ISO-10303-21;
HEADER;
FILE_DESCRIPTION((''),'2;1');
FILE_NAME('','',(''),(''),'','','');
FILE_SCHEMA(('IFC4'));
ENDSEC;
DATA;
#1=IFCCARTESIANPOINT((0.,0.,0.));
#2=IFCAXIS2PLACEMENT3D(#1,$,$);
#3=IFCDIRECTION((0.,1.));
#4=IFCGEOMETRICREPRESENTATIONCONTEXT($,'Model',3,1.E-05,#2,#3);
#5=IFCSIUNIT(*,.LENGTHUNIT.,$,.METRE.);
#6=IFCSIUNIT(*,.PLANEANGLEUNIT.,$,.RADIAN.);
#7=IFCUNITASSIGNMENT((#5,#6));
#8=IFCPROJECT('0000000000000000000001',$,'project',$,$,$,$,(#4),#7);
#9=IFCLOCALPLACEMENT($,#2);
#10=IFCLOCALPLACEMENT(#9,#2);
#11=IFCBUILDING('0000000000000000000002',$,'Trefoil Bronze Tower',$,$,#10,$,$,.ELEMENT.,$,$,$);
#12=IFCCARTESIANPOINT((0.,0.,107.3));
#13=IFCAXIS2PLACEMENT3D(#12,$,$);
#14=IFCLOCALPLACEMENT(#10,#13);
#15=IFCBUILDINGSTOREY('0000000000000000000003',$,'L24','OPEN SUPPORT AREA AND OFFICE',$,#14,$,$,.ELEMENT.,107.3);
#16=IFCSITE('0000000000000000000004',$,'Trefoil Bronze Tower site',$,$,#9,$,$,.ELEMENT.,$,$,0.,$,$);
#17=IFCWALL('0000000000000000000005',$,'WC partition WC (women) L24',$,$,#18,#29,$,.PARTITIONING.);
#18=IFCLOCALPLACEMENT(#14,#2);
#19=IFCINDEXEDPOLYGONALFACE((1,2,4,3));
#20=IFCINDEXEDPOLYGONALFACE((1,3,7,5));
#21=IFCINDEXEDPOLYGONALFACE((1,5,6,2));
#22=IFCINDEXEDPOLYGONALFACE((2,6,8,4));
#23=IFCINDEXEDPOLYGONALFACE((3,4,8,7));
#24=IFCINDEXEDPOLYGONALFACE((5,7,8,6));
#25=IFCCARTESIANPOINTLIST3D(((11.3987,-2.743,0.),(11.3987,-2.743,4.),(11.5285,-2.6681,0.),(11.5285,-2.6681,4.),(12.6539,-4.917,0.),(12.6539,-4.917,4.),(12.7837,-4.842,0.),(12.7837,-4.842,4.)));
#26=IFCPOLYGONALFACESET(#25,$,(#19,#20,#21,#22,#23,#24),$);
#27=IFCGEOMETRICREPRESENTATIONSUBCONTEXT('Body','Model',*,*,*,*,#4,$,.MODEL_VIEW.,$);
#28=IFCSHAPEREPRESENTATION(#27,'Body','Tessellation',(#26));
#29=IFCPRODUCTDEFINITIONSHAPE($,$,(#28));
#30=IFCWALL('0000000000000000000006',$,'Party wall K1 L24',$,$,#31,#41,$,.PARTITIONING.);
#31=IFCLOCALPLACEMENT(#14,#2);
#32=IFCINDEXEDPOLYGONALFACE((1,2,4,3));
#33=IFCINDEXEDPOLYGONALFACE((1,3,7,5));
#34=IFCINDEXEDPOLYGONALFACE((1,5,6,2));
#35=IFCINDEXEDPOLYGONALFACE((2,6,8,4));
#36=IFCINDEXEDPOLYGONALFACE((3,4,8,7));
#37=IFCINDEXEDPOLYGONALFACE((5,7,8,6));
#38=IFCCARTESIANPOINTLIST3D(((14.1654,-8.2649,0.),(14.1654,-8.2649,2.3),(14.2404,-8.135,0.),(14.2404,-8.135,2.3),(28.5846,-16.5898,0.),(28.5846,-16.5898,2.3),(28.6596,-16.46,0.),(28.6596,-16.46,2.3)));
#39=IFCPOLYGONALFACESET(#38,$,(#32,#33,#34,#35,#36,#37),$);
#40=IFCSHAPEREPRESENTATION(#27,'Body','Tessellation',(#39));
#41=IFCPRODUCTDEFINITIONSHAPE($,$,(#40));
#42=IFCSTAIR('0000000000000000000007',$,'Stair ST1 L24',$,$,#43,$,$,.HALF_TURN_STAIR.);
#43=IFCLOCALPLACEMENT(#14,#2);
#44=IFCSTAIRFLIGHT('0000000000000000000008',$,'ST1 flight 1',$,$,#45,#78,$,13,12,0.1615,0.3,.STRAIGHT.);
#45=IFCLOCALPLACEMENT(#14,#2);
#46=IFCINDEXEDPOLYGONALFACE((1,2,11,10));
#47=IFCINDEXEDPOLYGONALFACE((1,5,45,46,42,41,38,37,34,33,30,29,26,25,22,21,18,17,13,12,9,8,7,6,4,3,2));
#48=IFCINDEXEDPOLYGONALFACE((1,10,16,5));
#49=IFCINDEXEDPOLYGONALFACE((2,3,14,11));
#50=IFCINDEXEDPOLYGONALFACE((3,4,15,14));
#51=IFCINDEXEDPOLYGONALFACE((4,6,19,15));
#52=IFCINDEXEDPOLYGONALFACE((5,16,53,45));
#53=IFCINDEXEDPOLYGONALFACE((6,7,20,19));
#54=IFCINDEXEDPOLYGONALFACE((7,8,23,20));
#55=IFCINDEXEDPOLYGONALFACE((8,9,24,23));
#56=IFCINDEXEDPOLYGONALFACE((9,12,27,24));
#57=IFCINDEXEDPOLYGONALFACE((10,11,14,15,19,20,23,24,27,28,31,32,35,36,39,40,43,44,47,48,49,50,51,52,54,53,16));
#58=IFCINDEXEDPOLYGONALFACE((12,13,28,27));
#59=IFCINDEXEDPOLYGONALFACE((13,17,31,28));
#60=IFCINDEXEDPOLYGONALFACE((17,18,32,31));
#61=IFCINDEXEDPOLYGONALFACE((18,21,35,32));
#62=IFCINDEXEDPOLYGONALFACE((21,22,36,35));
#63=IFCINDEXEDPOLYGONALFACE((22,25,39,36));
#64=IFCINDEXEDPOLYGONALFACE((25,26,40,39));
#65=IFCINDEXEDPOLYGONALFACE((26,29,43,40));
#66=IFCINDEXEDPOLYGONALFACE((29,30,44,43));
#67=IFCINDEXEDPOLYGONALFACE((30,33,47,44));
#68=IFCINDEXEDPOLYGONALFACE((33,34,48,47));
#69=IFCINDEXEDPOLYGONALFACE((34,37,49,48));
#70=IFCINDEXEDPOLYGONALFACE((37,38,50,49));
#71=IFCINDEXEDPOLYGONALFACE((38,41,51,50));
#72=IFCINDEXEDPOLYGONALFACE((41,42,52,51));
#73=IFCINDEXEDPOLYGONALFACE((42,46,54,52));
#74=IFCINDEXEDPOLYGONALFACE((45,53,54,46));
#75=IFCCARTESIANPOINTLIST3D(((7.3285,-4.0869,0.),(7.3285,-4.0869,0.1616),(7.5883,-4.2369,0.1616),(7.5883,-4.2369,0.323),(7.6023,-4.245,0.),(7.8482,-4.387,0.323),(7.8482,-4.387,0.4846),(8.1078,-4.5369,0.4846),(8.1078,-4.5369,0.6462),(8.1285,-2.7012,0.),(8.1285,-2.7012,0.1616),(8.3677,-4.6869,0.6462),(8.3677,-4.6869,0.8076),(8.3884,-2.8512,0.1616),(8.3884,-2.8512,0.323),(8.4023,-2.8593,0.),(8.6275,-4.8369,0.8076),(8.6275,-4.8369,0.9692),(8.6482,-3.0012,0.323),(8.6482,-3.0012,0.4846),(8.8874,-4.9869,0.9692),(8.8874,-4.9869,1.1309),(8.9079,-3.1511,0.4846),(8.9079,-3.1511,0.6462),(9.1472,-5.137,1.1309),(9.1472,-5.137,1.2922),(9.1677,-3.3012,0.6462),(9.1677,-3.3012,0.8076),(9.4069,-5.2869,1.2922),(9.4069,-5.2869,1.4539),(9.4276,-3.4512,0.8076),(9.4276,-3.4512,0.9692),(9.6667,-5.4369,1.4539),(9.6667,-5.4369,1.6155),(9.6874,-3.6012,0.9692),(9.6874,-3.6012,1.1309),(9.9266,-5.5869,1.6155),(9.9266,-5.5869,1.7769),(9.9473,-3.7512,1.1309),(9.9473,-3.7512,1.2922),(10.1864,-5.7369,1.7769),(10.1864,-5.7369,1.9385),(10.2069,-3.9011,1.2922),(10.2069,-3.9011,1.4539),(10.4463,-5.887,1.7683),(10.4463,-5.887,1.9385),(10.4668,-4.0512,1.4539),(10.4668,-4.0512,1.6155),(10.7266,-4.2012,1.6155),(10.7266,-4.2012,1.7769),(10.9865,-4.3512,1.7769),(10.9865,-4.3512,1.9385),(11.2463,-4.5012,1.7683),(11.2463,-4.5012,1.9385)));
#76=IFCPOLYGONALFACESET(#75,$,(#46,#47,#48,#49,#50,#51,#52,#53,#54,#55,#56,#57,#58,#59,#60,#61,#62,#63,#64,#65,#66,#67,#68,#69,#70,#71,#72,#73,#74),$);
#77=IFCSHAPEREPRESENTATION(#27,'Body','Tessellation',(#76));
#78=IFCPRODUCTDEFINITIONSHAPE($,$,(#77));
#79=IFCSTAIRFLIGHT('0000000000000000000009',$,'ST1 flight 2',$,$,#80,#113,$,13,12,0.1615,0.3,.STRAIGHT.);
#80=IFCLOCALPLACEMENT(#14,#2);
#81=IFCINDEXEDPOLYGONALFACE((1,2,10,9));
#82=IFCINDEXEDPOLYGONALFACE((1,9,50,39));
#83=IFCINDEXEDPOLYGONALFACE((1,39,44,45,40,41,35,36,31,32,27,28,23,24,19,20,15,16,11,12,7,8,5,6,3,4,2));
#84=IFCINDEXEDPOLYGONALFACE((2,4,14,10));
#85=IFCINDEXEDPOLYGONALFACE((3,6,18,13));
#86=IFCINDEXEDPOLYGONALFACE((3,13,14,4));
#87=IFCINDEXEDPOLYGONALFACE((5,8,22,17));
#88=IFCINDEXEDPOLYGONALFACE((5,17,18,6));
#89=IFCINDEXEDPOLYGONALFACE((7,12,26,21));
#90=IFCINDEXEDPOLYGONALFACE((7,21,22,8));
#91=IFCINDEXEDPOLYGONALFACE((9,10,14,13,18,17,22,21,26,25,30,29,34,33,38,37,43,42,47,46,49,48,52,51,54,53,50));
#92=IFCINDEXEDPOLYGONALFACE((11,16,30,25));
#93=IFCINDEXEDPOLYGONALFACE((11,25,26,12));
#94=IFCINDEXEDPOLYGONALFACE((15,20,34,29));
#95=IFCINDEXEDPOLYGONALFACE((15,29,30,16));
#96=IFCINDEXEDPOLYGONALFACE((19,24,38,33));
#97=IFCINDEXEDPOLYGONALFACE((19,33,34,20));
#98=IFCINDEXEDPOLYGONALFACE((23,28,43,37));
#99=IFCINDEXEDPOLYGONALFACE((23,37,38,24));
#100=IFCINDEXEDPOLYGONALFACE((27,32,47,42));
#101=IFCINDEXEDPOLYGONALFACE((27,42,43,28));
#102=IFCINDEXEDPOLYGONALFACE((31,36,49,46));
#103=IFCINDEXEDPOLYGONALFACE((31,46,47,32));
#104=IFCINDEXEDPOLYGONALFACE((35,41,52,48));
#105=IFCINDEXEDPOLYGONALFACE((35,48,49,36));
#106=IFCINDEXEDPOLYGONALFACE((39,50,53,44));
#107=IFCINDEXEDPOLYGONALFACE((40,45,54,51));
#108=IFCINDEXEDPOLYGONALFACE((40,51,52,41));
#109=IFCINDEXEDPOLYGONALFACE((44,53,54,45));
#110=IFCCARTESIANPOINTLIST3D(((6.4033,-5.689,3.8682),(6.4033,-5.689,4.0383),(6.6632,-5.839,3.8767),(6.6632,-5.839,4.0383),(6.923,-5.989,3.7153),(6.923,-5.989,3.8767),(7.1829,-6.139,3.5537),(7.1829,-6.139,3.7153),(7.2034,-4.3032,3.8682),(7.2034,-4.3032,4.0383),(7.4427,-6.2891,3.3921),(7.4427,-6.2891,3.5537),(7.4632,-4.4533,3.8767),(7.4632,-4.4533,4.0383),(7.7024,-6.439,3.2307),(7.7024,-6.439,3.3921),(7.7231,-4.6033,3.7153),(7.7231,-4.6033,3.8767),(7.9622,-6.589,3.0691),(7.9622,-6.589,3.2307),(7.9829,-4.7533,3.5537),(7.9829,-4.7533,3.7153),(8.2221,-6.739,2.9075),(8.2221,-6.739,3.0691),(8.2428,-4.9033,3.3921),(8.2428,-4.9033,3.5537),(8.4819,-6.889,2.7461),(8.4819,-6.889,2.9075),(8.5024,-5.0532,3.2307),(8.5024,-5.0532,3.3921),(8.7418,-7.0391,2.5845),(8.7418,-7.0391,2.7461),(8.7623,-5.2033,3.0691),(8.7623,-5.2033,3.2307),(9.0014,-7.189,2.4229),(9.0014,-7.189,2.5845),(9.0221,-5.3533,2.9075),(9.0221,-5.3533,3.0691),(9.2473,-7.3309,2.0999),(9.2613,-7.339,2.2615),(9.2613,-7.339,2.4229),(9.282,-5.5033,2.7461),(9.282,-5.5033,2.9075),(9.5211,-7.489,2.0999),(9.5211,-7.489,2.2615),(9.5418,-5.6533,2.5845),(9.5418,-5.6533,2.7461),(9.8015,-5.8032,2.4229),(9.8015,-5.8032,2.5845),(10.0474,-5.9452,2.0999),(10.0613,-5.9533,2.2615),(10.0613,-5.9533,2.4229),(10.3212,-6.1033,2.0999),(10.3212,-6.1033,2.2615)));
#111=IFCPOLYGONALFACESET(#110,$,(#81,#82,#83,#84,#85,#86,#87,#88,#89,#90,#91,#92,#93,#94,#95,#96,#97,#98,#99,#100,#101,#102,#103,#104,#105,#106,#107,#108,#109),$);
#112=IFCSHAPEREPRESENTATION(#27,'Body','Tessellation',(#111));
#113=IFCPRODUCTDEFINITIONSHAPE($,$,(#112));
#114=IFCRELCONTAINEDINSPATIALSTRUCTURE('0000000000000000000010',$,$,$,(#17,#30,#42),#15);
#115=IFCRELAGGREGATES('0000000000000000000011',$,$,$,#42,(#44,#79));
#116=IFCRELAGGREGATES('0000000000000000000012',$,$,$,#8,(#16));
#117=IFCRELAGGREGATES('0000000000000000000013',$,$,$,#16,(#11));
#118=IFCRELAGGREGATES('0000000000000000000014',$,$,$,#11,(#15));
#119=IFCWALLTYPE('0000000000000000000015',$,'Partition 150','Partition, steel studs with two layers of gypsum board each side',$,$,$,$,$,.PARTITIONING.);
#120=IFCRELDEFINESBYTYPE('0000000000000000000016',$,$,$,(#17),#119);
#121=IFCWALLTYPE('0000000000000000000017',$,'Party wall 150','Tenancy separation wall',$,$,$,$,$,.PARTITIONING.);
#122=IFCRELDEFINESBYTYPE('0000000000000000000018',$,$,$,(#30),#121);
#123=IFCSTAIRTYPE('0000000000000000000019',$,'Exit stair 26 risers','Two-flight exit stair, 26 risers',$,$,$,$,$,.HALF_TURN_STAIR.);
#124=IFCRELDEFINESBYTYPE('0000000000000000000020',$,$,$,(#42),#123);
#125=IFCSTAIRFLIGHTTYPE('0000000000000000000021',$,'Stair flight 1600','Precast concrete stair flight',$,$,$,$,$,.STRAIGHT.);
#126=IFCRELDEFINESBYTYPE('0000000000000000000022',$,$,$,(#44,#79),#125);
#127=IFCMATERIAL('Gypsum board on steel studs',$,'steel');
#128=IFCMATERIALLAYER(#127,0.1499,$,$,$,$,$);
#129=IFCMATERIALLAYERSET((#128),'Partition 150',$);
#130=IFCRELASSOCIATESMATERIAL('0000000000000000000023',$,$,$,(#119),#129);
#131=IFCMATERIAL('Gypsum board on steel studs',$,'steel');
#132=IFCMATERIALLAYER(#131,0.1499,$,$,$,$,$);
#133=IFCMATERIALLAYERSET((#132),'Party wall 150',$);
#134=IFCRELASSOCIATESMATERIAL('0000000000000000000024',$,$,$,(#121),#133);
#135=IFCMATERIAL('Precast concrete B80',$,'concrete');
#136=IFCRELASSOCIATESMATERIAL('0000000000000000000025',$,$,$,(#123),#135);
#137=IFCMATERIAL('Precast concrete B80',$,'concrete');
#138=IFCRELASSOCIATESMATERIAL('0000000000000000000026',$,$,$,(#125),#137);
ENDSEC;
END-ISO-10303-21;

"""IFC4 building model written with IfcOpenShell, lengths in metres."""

from ifc_helpers import new_model, si_unit, direction, frame, frame_2d, origin, place, context, subcontext, project, spatial, polyline, rectangle, outline, extrude, material, layer, layer_set, type_object, element, aggregate, save


model = new_model("IFC4")

# Units and contexts
model_context = context("Model", 3, precision=1e-05, world=origin(), true_north=direction((0.0, 1.0)))
body_context = subcontext(model_context, "Body", "Model", "MODEL_VIEW")
ifc_project = project(units=[si_unit("LENGTHUNIT", "METRE"), si_unit("PLANEANGLEUNIT", "RADIAN")], contexts=[model_context])

# Site, building, storey
site_placement = place(None, origin())
site = spatial("IfcSite", under=ifc_project, at=site_placement, Name="Trefoil Bronze Tower site", CompositionType="ELEMENT", RefElevation=0.0)
building_placement = place(site_placement, origin())
building = spatial("IfcBuilding", under=site, at=building_placement, Name="Trefoil Bronze Tower", CompositionType="ELEMENT")
storey_placement = place(building_placement, frame((0.0, 0.0, 107.3)))
storey = spatial("IfcBuildingStorey", under=building, at=storey_placement, Name="L24", Description="OPEN SUPPORT AREA AND OFFICE", CompositionType="ELEMENT", Elevation=107.3)

# Shared definitions
ifc_material_1 = material(Name="Gypsum board on steel studs", Category="steel")
ifc_layer_1 = layer(ifc_material_1, 0.1499)
ifc_layer_set_1 = layer_set([ifc_layer_1], Name="Partition 150")
wall_type_1 = type_object("IfcWallType", Name="Partition 150", Description="Partition, steel studs with two layers of gypsum board each side", PredefinedType="PARTITIONING", material=ifc_layer_set_1)

# Walls
wall_1_placement = place(storey_placement, frame((11.4636, -2.7056, 0.0), z_axis=(0.0, 0.0, 1.0), x_axis=(0.50002, -0.866014, 0.0)))
element("IfcWall", 1, at=wall_1_placement, inside=storey, type_object=wall_type_1, Name="WC partition WC (women) L24", PredefinedType="PARTITIONING", context=body_context, shape_type="SweptSolid", body=[
    extrude(rectangle(XDim=2.5103, YDim=0.1499, at=frame_2d((1.2551, 0.0))), origin(), (0.0, 0.0, 1.0), 4.0),
])
ifc_material_2 = material(Name="Gypsum board on steel studs", Category="steel")
ifc_layer_2 = layer(ifc_material_2, 0.1499)
ifc_layer_set_2 = layer_set([ifc_layer_2], Name="Party wall 150")
wall_type_2 = type_object("IfcWallType", Name="Party wall 150", Description="Tenancy separation wall", PredefinedType="PARTITIONING", material=ifc_layer_set_2)
wall_2_placement = place(storey_placement, frame((14.2029, -8.2, 0.0), z_axis=(0.0, 0.0, 1.0), x_axis=(0.866025, -0.500001, 0.0)))
element("IfcWall", 2, at=wall_2_placement, inside=storey, type_object=wall_type_2, Name="Party wall K1 L24", PredefinedType="PARTITIONING", context=body_context, shape_type="SweptSolid", body=[
    extrude(rectangle(XDim=16.6499, YDim=0.1499, at=frame_2d((8.325, 0.0))), origin(), (0.0, 0.0, 1.0), 2.3),
])

# Stair, stair flights
ifc_material_3 = material(Name="Precast concrete B80", Category="concrete")
stair_type = type_object("IfcStairType", Name="Exit stair 26 risers", Description="Two-flight exit stair, 26 risers", PredefinedType="HALF_TURN_STAIR", material=ifc_material_3)
stair_placement = place(storey_placement, origin())
stair = element("IfcStair", 3, at=stair_placement, inside=storey, type_object=stair_type, Name="Stair ST1 L24", PredefinedType="HALF_TURN_STAIR")
ifc_material_4 = material(Name="Precast concrete B80", Category="concrete")
stair_flight_type = type_object("IfcStairFlightType", Name="Stair flight 1600", Description="Precast concrete stair flight", PredefinedType="STRAIGHT", material=ifc_material_4)
stair_flight_1_placement = place(storey_placement, frame((7.7285, -3.394, 0.0), z_axis=(0.0, 0.0, 1.0), x_axis=(0.866025, -0.5, 0.0)))
stair_flight_1 = element("IfcStairFlight", 4, at=stair_flight_1_placement, type_object=stair_flight_type, Name="ST1 flight 1", NumberOfRisers=13, NumberOfTreads=12, PredefinedType="STRAIGHT", RiserHeight=0.1615, TreadLength=0.3, context=body_context, shape_type="SweptSolid", body=[
    extrude(outline(polyline([(0.0, 0.0), (0.0, 0.1616), (0.3, 0.1616), (0.3, 0.323), (0.6001, 0.323), (0.6001, 0.4846), (0.8999, 0.4846), (0.8999, 0.6462), (1.2, 0.6462), (1.2, 0.8076), (1.5, 0.8076), (1.5, 0.9692), (1.8, 0.9692), (1.8, 1.1309), (2.1001, 1.1309), (2.1001, 1.2922), (2.3999, 1.2922), (2.3999, 1.4539), (2.7, 1.4539), (2.7, 1.6155), (3.0, 1.6155), (3.0, 1.7769), (3.3, 1.7769), (3.3, 1.9385), (3.6001, 1.9385), (3.6001, 2.1001), (3.6001, 1.7683), (0.3162, 0.0), (0.0, 0.0)])), frame((0.0, 0.8, 0.0), z_axis=(0.0, -1.0, 0.0), x_axis=(1.0, 0.0, 0.0)), (0.0, 0.0, 1.0), 1.6001),
])
stair_flight_2_placement = place(storey_placement, frame((9.9211, -6.7961, 2.0999), z_axis=(0.0, 0.0, 1.0), x_axis=(-0.866025, 0.5, 0.0)))
stair_flight_2 = element("IfcStairFlight", 5, at=stair_flight_2_placement, type_object=stair_flight_type, Name="ST1 flight 2", NumberOfRisers=13, NumberOfTreads=12, PredefinedType="STRAIGHT", RiserHeight=0.1615, TreadLength=0.3, context=body_context, shape_type="SweptSolid", body=[
    extrude(outline(polyline([(0.0, 0.0), (0.0, 0.1616), (0.3, 0.1616), (0.3, 0.323), (0.6001, 0.323), (0.6001, 0.4846), (0.8999, 0.4846), (0.8999, 0.6462), (1.2, 0.6462), (1.2, 0.8076), (1.5, 0.8076), (1.5, 0.9692), (1.8, 0.9692), (1.8, 1.1309), (2.1001, 1.1309), (2.1001, 1.2922), (2.3999, 1.2922), (2.3999, 1.4539), (2.7, 1.4539), (2.7, 1.6155), (3.0, 1.6155), (3.0, 1.7769), (3.3, 1.7769), (3.3, 1.9385), (3.6001, 1.9385), (3.6001, 2.1001), (3.6001, 1.7683), (0.3162, 0.0), (0.0, 0.0)])), frame((0.0, 0.8, 0.0), z_axis=(0.0, -1.0, 0.0), x_axis=(1.0, 0.0, 0.0)), (0.0, 0.0, 1.0), 1.6001),
])
aggregate(stair, [stair_flight_1, stair_flight_2])

save(model, "model.ifc")
